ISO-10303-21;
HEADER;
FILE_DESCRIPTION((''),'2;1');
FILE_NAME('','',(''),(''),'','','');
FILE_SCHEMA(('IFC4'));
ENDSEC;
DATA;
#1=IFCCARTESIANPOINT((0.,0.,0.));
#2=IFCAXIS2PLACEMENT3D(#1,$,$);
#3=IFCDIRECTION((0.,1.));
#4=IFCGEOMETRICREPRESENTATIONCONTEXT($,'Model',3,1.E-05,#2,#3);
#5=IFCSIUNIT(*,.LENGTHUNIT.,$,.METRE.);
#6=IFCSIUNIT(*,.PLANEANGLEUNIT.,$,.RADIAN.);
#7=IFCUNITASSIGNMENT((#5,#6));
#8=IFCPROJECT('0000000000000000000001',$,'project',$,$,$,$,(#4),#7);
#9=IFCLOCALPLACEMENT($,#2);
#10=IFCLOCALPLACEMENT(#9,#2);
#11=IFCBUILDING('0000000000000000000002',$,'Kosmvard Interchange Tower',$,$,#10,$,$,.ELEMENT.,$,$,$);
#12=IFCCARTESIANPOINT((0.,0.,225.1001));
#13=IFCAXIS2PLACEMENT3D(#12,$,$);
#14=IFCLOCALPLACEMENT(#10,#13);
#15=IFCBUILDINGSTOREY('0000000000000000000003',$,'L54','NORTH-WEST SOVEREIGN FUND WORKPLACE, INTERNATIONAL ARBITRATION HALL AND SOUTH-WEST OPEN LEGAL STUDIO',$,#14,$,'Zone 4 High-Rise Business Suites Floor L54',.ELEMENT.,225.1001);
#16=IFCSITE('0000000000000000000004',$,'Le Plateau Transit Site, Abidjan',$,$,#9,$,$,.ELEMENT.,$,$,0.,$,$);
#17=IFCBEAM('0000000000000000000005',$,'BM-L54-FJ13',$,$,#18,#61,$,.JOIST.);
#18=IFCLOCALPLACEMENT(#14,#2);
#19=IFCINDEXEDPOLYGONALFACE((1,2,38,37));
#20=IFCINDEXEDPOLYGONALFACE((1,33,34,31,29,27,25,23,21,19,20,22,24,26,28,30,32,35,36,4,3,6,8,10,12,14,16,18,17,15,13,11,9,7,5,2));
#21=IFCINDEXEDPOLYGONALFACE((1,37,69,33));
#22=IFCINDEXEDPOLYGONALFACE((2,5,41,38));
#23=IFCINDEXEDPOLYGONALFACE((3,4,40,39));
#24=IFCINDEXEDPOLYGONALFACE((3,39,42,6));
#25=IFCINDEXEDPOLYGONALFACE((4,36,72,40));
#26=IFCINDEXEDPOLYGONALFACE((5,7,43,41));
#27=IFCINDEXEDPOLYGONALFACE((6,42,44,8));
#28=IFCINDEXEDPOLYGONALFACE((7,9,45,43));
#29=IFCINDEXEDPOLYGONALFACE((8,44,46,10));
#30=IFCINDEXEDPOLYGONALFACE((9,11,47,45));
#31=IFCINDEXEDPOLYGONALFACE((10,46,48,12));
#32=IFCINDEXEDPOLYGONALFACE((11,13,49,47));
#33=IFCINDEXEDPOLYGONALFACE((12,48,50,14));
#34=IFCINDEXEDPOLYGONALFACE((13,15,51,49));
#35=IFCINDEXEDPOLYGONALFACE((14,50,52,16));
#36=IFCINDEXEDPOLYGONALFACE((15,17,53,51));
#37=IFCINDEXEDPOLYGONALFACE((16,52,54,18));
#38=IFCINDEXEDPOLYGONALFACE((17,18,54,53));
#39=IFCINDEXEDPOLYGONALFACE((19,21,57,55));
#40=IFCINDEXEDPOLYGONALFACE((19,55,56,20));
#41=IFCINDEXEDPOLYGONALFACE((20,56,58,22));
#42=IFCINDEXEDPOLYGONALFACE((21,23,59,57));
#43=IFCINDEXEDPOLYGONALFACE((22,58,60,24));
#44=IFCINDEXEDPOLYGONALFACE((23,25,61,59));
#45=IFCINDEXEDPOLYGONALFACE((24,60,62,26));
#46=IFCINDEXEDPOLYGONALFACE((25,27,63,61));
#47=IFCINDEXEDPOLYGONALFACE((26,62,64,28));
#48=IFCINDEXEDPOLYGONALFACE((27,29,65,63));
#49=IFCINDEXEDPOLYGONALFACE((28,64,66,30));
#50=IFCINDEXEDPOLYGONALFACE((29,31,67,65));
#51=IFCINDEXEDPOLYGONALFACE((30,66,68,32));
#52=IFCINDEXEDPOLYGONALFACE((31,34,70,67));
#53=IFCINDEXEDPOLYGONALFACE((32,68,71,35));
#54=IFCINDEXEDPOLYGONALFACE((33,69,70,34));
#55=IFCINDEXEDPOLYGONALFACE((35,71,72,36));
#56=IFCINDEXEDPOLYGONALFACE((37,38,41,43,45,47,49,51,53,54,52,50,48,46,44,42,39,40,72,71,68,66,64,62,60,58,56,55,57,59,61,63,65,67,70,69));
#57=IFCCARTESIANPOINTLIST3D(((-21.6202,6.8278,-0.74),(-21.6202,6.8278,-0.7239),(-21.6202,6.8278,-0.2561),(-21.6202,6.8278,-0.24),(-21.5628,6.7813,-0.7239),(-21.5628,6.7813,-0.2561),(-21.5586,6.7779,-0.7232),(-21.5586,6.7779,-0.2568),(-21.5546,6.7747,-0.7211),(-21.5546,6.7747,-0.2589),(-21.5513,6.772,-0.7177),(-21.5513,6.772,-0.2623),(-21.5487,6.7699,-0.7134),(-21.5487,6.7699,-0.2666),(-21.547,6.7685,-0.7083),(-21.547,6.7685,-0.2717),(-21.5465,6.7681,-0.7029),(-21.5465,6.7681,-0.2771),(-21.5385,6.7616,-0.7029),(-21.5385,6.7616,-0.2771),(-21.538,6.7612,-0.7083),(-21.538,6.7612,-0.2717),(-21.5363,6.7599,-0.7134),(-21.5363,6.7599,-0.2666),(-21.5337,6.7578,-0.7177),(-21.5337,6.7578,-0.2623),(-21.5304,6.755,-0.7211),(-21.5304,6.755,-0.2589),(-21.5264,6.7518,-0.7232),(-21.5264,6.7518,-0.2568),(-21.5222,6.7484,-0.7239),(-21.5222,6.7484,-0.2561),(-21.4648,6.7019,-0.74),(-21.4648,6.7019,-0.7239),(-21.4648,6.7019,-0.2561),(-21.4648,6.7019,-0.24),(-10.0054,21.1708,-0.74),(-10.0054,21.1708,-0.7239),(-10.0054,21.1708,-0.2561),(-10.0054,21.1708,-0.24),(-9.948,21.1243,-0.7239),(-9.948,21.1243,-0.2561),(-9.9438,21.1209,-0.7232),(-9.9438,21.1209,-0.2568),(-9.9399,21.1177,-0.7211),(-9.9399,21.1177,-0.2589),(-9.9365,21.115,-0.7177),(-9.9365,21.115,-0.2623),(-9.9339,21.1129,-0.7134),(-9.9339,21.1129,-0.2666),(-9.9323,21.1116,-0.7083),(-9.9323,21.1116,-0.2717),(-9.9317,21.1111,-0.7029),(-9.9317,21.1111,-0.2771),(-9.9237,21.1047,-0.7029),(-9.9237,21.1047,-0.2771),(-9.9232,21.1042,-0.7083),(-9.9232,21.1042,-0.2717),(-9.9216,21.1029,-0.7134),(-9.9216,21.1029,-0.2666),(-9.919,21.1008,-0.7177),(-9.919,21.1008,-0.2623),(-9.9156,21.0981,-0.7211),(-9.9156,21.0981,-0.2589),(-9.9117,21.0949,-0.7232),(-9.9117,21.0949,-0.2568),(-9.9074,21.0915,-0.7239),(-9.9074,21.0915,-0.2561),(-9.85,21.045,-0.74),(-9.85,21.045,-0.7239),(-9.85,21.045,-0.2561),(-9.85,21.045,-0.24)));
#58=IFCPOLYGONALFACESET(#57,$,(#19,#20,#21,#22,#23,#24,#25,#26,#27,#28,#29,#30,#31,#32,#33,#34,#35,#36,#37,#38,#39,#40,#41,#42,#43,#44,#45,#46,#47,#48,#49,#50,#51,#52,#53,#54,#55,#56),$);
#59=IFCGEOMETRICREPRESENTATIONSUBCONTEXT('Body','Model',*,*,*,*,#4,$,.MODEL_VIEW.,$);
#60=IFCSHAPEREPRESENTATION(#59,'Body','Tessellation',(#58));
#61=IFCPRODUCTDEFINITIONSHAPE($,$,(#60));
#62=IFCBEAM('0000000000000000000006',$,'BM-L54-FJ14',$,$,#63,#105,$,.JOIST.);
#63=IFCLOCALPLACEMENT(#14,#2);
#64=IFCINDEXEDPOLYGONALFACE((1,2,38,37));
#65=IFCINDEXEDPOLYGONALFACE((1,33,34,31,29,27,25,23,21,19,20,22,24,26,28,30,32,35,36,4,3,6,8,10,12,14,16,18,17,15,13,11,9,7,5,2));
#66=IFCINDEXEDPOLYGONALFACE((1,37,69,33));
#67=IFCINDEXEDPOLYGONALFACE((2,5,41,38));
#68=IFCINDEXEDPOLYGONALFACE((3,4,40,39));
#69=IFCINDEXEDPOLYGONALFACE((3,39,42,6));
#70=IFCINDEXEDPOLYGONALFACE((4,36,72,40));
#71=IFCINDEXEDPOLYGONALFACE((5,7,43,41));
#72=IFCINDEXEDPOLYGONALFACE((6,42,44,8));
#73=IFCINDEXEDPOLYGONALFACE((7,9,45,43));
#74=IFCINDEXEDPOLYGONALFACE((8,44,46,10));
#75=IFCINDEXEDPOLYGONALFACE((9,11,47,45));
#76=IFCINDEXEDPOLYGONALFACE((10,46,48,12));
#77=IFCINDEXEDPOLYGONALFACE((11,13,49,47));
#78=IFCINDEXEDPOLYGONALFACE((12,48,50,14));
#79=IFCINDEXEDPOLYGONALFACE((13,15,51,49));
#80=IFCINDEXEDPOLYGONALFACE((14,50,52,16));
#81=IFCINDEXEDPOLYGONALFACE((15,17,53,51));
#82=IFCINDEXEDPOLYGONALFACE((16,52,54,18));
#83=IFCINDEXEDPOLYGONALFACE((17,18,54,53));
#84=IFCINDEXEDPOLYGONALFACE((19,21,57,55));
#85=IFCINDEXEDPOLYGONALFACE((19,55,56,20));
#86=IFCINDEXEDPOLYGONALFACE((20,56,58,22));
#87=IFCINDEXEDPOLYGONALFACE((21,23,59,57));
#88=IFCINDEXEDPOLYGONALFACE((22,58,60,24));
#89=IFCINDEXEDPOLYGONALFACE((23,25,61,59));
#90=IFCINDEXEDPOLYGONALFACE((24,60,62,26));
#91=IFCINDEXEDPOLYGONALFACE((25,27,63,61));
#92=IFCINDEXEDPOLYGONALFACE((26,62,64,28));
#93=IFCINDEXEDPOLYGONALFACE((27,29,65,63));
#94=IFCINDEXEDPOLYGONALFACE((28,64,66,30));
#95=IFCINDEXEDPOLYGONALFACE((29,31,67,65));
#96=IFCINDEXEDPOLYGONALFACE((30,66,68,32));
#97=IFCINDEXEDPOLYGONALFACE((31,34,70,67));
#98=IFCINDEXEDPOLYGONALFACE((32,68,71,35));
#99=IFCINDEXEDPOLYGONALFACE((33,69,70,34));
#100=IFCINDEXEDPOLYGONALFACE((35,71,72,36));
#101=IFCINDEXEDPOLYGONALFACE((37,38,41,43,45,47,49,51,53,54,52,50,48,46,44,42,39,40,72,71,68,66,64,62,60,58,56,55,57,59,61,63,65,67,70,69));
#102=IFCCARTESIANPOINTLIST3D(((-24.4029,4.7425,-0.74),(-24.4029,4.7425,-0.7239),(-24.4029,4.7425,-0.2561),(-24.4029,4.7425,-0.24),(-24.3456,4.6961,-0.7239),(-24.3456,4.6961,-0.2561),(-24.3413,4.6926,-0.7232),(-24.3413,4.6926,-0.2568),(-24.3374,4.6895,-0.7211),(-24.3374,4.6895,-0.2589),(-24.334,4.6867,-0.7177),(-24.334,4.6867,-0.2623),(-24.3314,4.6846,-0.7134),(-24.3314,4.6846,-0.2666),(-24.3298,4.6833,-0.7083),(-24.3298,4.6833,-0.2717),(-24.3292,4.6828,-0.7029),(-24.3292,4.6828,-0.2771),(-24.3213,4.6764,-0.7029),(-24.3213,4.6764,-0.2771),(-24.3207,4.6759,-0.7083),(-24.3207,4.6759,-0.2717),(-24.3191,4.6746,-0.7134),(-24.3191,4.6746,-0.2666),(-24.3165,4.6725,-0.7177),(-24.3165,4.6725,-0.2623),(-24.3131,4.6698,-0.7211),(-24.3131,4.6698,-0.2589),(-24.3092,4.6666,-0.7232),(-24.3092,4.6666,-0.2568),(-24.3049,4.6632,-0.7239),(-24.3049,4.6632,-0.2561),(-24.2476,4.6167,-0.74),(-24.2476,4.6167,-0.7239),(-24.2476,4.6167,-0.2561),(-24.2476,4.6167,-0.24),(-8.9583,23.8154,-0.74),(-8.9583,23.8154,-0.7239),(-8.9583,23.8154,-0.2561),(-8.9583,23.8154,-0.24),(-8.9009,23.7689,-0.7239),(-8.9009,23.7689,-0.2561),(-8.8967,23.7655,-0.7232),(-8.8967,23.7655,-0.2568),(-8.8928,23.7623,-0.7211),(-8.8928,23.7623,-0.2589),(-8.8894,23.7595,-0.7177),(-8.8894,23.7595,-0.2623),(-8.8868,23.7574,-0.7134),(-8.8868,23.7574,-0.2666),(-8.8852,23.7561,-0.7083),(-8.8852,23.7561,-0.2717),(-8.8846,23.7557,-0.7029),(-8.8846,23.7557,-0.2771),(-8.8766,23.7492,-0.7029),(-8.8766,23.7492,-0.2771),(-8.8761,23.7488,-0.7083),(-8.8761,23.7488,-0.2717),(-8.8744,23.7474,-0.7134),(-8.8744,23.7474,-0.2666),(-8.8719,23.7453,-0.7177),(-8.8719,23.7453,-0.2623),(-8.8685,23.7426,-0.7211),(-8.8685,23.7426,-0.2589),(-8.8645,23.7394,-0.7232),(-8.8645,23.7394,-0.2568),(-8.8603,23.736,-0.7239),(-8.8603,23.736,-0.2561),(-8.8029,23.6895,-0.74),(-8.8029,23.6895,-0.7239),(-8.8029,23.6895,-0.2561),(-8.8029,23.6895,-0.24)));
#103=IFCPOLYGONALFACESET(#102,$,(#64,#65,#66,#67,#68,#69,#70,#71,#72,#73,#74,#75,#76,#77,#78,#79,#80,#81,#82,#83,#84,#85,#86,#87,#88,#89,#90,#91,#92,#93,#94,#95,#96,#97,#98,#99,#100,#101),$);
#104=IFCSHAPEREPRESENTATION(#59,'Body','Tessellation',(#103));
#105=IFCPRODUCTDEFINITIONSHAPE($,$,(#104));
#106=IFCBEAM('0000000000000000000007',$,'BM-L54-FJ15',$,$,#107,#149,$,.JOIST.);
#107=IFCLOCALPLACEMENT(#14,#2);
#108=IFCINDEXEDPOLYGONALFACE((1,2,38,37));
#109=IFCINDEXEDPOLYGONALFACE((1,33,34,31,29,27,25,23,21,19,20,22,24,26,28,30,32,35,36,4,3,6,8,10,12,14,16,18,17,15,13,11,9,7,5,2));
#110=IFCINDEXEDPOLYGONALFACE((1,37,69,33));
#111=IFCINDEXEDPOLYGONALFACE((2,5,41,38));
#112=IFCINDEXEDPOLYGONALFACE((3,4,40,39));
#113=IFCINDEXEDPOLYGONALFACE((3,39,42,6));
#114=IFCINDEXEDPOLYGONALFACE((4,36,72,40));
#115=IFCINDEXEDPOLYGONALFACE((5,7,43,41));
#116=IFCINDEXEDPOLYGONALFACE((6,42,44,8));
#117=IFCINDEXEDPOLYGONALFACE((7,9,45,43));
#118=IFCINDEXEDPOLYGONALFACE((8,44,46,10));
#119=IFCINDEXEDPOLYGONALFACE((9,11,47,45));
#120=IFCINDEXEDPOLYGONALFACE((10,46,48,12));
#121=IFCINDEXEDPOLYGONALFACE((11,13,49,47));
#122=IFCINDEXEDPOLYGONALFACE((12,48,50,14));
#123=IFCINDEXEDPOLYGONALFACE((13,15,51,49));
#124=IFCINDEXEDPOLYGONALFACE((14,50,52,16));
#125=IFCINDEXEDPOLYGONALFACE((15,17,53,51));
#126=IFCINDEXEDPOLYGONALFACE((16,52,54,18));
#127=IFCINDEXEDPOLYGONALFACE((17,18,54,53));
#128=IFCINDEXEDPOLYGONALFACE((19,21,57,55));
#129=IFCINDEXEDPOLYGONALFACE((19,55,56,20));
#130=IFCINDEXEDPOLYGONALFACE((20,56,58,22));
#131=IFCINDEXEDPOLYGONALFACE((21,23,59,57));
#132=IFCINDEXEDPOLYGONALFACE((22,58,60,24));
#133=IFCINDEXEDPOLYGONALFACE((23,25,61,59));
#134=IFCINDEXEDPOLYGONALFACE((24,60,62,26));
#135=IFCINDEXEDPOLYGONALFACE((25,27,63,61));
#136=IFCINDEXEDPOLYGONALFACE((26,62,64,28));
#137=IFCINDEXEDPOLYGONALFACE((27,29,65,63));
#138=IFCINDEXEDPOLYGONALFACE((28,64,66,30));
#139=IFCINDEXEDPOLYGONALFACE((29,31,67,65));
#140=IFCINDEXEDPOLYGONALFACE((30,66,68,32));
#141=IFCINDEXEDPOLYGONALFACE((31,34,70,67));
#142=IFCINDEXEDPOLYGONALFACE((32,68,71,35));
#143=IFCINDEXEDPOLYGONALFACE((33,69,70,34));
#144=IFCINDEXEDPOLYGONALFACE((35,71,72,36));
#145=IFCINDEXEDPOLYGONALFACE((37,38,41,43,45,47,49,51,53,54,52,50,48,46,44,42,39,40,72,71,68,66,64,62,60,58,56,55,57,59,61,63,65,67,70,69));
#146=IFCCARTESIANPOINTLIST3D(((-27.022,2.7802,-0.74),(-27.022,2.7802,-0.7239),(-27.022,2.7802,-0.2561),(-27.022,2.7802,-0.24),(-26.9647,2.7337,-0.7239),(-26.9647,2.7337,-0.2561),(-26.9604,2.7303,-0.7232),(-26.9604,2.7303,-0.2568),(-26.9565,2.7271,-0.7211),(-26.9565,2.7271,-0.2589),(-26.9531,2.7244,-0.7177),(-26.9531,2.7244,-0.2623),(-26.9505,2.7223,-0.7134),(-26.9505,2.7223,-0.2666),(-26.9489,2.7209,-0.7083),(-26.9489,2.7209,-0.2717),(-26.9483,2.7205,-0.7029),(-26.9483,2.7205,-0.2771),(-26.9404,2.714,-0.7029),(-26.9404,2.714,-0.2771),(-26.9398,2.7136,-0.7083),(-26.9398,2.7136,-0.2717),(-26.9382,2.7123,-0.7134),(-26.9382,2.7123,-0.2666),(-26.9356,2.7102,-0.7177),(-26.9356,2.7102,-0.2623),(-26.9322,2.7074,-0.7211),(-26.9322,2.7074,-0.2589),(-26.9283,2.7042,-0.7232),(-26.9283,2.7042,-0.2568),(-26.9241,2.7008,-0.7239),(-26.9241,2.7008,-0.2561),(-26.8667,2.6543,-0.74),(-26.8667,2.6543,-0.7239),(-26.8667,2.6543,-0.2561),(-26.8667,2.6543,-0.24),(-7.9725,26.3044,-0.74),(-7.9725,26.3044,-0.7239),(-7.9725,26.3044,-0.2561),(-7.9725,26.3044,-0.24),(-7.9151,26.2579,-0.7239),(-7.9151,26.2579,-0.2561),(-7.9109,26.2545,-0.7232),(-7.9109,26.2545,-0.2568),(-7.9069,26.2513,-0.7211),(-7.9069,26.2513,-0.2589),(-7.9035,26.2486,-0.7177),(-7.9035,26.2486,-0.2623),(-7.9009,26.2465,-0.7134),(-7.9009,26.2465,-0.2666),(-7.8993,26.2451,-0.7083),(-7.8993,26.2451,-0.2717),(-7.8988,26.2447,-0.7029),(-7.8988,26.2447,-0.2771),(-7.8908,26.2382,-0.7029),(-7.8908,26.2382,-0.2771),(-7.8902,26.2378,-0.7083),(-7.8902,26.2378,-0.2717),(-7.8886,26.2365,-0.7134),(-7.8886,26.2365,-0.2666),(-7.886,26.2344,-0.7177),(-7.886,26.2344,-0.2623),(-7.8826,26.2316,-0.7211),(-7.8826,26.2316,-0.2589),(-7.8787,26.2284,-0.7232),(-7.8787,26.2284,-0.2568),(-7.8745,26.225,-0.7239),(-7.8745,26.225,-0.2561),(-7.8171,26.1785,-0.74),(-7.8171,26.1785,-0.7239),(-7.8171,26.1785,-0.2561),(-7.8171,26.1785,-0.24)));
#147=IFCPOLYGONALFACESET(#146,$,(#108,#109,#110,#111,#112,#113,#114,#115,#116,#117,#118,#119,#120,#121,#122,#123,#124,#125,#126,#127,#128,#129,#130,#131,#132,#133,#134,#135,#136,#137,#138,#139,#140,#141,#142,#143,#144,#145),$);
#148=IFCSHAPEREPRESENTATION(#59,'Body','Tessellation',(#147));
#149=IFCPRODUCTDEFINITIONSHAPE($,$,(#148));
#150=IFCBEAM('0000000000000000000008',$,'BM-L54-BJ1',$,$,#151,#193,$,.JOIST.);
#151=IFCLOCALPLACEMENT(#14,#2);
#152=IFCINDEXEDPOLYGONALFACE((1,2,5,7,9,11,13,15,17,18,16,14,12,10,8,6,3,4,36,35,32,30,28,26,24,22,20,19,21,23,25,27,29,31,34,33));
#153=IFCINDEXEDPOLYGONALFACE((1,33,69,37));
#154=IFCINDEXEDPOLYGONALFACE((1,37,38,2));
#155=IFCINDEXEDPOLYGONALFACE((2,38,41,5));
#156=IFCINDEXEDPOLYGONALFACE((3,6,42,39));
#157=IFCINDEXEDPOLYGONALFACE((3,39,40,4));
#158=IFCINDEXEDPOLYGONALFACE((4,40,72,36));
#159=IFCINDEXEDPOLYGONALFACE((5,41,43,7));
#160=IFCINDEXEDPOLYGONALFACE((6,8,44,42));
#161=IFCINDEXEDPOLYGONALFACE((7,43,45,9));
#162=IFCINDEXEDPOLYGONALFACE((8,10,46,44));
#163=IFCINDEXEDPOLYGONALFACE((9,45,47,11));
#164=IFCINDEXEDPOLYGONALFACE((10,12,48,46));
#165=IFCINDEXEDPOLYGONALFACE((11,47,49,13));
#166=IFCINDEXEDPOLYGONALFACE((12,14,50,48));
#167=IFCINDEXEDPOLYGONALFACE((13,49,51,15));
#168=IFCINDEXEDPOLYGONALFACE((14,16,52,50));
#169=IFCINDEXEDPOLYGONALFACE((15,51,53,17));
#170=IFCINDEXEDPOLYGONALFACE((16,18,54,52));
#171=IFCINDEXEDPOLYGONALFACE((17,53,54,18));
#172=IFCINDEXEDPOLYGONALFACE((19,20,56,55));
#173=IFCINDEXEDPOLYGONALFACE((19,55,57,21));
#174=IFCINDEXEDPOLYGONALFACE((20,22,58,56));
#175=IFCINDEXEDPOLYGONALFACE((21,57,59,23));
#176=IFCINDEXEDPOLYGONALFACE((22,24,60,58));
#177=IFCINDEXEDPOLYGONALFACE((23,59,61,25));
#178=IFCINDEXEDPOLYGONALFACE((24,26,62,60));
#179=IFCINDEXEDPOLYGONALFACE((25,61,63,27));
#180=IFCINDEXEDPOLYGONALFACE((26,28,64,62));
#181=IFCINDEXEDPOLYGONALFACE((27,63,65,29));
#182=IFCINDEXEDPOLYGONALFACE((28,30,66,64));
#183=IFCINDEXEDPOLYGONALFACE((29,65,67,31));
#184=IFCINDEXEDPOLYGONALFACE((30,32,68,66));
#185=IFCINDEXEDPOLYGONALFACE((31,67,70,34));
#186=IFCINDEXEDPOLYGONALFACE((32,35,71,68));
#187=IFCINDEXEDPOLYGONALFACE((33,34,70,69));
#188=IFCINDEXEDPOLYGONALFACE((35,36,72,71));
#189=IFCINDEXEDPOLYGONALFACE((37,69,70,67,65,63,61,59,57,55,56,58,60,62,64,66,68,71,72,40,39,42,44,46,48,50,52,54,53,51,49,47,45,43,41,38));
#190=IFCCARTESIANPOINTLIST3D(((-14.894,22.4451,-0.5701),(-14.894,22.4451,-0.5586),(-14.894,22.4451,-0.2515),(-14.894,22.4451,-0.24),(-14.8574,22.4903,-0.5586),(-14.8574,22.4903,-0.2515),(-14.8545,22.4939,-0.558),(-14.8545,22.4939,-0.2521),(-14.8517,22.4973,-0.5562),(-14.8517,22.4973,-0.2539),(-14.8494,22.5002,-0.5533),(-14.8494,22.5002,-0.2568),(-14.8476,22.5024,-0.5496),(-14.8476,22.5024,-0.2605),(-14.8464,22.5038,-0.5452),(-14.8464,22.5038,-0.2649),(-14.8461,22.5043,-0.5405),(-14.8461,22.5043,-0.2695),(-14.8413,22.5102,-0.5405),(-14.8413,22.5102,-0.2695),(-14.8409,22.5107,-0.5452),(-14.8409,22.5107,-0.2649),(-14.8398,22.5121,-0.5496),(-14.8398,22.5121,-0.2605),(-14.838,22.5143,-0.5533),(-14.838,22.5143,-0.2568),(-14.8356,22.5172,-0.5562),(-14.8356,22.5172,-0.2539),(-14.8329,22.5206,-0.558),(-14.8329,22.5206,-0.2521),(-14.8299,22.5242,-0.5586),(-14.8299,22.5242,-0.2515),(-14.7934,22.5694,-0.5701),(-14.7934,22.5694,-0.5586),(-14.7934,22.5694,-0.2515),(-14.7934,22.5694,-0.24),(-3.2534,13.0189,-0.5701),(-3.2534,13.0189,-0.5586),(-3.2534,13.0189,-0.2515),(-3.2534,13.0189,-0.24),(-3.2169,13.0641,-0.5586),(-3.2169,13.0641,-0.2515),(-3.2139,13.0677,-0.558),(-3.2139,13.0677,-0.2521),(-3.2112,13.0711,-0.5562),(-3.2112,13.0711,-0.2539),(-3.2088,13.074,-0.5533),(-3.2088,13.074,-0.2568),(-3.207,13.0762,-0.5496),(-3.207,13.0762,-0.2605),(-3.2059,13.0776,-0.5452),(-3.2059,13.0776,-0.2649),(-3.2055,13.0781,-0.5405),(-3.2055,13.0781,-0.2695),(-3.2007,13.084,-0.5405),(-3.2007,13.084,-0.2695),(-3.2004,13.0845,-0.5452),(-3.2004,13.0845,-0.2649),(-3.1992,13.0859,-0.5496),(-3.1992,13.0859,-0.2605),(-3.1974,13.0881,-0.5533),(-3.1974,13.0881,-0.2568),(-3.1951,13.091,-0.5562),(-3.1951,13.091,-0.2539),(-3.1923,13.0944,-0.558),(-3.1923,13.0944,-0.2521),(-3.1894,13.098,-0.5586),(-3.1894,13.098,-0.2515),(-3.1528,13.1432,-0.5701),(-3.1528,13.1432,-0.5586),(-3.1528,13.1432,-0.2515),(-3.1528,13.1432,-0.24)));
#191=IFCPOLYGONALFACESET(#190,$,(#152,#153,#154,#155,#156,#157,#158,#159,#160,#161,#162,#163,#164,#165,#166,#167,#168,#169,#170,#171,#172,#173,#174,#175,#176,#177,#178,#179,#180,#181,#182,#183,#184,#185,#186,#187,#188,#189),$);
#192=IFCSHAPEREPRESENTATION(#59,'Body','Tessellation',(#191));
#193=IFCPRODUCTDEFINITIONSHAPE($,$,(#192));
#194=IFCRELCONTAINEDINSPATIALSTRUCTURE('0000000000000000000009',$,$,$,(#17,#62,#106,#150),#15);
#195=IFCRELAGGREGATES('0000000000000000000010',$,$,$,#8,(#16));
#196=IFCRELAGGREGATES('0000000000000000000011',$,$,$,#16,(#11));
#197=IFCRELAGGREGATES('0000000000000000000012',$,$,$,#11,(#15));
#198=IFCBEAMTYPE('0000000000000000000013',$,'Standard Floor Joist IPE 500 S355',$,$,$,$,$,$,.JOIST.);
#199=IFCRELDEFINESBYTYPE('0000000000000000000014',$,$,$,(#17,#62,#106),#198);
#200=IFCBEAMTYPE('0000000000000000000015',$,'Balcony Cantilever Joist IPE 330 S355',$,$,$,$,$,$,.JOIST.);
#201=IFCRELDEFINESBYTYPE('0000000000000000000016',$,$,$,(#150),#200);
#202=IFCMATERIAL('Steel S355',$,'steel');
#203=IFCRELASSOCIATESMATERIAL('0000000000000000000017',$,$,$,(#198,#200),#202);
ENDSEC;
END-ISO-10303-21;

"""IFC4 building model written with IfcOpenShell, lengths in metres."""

from ifc_helpers import new_model, si_unit, direction, frame, origin, origin_2d, place, context, subcontext, project, spatial, i_section, extrude, source, transform, mapped, material, material_profile, profile_set, type_object, element, save


model = new_model("IFC4")

# Units and contexts
model_context = context("Model", 3, precision=1e-05, world=origin(), true_north=direction((0.0, 1.0)))
body_context = subcontext(model_context, "Body", "Model", "MODEL_VIEW")
ifc_project = project(units=[si_unit("LENGTHUNIT", "METRE"), si_unit("PLANEANGLEUNIT", "RADIAN")], contexts=[model_context])

# Site, building, storey
site_placement = place(None, origin())
site = spatial("IfcSite", under=ifc_project, at=site_placement, Name="Le Plateau Transit Site, Abidjan", CompositionType="ELEMENT", RefElevation=0.0)
building_placement = place(site_placement, origin())
building = spatial("IfcBuilding", under=site, at=building_placement, Name="Kosmvard Interchange Tower", CompositionType="ELEMENT")
storey_placement = place(building_placement, frame((0.0, 0.0, 225.1001)))
storey = spatial("IfcBuildingStorey", under=building, at=storey_placement, Name="L54", Description="NORTH-WEST SOVEREIGN FUND WORKPLACE, INTERNATIONAL ARBITRATION HALL AND SOUTH-WEST OPEN LEGAL STUDIO", LongName="Zone 4 High-Rise Business Suites Floor L54", CompositionType="ELEMENT", Elevation=225.1001)

# Beams
ifc_material_1 = material(Name="Steel S355", Category="steel")
ifc_material_profile_1 = material_profile(ifc_material_1, i_section(OverallWidth=0.2, OverallDepth=0.5, WebThickness=0.0103, FlangeThickness=0.0161, FilletRadius=0.021, at=origin_2d()), Name="IPE 500")
ifc_profile_set_1 = profile_set([ifc_material_profile_1], Name="Steel S355")
beam_type_1 = type_object("IfcBeamType", Name="Standard Floor Joist IPE 500 S355", PredefinedType="JOIST", material=ifc_profile_set_1)
shared_shape_1 = source(origin(), body_context, "Body", "SweptSolid", [
    extrude(i_section(OverallWidth=0.2, OverallDepth=0.5, WebThickness=0.0103, FlangeThickness=0.0161, FilletRadius=0.021, at=origin_2d()), origin(), (0.0, 0.0, 1.0), 18.4561),
])
beam_1_placement = place(storey_placement, frame((-9.9277, 21.1079, -0.49), z_axis=(-0.62932, -0.777146, 0.0), x_axis=(0.777146, -0.62932, 0.0)))
element("IfcBeam", 1, at=beam_1_placement, inside=storey, type_object=beam_type_1, Name="BM-L54-FJ13", PredefinedType="JOIST", context=body_context, shape_type="MappedRepresentation", body=[
    mapped(shared_shape_1, transform((0.0, 0.0, 0.0), scale=1.0)),
])
shared_shape_2 = source(origin(), body_context, "Body", "SweptSolid", [
    extrude(i_section(OverallWidth=0.2, OverallDepth=0.5, WebThickness=0.0103, FlangeThickness=0.0161, FilletRadius=0.021, at=origin_2d()), origin(), (0.0, 0.0, 1.0), 24.542),
])
beam_2_placement = place(storey_placement, frame((-8.8806, 23.7524, -0.49), z_axis=(-0.629315, -0.777151, 0.0), x_axis=(0.777151, -0.629315, 0.0)))
element("IfcBeam", 2, at=beam_2_placement, inside=storey, type_object=beam_type_1, Name="BM-L54-FJ14", PredefinedType="JOIST", context=body_context, shape_type="MappedRepresentation", body=[
    mapped(shared_shape_2, transform((0.0, 0.0, 0.0), scale=1.0)),
])
shared_shape_3 = source(origin(), body_context, "Body", "SweptSolid", [
    extrude(i_section(OverallWidth=0.2, OverallDepth=0.5, WebThickness=0.0103, FlangeThickness=0.0161, FilletRadius=0.021, at=origin_2d()), origin(), (0.0, 0.0, 1.0), 30.27),
])
beam_3_placement = place(storey_placement, frame((-7.8948, 26.2415, -0.49), z_axis=(-0.629322, -0.777145, 0.0), x_axis=(0.777145, -0.629322, 0.0)))
element("IfcBeam", 3, at=beam_3_placement, inside=storey, type_object=beam_type_1, Name="BM-L54-FJ15", PredefinedType="JOIST", context=body_context, shape_type="MappedRepresentation", body=[
    mapped(shared_shape_3, transform((0.0, 0.0, 0.0), scale=1.0)),
])
ifc_material_profile_2 = material_profile(ifc_material_1, i_section(OverallWidth=0.1599, OverallDepth=0.3301, WebThickness=0.0076, FlangeThickness=0.0115, FilletRadius=0.0181, at=origin_2d()), Name="IPE 330")
ifc_profile_set_2 = profile_set([ifc_material_profile_2], Name="Steel S355")
beam_type_2 = type_object("IfcBeamType", Name="Balcony Cantilever Joist IPE 330 S355", PredefinedType="JOIST", material=ifc_profile_set_2)
shared_shape_4 = source(origin(), body_context, "Body", "SweptSolid", [
    extrude(i_section(OverallWidth=0.1599, OverallDepth=0.3301, WebThickness=0.0076, FlangeThickness=0.0115, FilletRadius=0.0181, at=origin_2d()), origin(), (0.0, 0.0, 1.0), 14.9785),
])
beam_4_placement = place(storey_placement, frame((-3.2031, 13.0811, -0.405), z_axis=(-0.77715, 0.629315, 0.0), x_axis=(-0.629315, -0.77715, 0.0)))
element("IfcBeam", 4, at=beam_4_placement, inside=storey, type_object=beam_type_2, Name="BM-L54-BJ1", PredefinedType="JOIST", context=body_context, shape_type="MappedRepresentation", body=[
    mapped(shared_shape_4, transform((0.0, 0.0, 0.0), scale=1.0)),
])

save(model, "model.ifc")
